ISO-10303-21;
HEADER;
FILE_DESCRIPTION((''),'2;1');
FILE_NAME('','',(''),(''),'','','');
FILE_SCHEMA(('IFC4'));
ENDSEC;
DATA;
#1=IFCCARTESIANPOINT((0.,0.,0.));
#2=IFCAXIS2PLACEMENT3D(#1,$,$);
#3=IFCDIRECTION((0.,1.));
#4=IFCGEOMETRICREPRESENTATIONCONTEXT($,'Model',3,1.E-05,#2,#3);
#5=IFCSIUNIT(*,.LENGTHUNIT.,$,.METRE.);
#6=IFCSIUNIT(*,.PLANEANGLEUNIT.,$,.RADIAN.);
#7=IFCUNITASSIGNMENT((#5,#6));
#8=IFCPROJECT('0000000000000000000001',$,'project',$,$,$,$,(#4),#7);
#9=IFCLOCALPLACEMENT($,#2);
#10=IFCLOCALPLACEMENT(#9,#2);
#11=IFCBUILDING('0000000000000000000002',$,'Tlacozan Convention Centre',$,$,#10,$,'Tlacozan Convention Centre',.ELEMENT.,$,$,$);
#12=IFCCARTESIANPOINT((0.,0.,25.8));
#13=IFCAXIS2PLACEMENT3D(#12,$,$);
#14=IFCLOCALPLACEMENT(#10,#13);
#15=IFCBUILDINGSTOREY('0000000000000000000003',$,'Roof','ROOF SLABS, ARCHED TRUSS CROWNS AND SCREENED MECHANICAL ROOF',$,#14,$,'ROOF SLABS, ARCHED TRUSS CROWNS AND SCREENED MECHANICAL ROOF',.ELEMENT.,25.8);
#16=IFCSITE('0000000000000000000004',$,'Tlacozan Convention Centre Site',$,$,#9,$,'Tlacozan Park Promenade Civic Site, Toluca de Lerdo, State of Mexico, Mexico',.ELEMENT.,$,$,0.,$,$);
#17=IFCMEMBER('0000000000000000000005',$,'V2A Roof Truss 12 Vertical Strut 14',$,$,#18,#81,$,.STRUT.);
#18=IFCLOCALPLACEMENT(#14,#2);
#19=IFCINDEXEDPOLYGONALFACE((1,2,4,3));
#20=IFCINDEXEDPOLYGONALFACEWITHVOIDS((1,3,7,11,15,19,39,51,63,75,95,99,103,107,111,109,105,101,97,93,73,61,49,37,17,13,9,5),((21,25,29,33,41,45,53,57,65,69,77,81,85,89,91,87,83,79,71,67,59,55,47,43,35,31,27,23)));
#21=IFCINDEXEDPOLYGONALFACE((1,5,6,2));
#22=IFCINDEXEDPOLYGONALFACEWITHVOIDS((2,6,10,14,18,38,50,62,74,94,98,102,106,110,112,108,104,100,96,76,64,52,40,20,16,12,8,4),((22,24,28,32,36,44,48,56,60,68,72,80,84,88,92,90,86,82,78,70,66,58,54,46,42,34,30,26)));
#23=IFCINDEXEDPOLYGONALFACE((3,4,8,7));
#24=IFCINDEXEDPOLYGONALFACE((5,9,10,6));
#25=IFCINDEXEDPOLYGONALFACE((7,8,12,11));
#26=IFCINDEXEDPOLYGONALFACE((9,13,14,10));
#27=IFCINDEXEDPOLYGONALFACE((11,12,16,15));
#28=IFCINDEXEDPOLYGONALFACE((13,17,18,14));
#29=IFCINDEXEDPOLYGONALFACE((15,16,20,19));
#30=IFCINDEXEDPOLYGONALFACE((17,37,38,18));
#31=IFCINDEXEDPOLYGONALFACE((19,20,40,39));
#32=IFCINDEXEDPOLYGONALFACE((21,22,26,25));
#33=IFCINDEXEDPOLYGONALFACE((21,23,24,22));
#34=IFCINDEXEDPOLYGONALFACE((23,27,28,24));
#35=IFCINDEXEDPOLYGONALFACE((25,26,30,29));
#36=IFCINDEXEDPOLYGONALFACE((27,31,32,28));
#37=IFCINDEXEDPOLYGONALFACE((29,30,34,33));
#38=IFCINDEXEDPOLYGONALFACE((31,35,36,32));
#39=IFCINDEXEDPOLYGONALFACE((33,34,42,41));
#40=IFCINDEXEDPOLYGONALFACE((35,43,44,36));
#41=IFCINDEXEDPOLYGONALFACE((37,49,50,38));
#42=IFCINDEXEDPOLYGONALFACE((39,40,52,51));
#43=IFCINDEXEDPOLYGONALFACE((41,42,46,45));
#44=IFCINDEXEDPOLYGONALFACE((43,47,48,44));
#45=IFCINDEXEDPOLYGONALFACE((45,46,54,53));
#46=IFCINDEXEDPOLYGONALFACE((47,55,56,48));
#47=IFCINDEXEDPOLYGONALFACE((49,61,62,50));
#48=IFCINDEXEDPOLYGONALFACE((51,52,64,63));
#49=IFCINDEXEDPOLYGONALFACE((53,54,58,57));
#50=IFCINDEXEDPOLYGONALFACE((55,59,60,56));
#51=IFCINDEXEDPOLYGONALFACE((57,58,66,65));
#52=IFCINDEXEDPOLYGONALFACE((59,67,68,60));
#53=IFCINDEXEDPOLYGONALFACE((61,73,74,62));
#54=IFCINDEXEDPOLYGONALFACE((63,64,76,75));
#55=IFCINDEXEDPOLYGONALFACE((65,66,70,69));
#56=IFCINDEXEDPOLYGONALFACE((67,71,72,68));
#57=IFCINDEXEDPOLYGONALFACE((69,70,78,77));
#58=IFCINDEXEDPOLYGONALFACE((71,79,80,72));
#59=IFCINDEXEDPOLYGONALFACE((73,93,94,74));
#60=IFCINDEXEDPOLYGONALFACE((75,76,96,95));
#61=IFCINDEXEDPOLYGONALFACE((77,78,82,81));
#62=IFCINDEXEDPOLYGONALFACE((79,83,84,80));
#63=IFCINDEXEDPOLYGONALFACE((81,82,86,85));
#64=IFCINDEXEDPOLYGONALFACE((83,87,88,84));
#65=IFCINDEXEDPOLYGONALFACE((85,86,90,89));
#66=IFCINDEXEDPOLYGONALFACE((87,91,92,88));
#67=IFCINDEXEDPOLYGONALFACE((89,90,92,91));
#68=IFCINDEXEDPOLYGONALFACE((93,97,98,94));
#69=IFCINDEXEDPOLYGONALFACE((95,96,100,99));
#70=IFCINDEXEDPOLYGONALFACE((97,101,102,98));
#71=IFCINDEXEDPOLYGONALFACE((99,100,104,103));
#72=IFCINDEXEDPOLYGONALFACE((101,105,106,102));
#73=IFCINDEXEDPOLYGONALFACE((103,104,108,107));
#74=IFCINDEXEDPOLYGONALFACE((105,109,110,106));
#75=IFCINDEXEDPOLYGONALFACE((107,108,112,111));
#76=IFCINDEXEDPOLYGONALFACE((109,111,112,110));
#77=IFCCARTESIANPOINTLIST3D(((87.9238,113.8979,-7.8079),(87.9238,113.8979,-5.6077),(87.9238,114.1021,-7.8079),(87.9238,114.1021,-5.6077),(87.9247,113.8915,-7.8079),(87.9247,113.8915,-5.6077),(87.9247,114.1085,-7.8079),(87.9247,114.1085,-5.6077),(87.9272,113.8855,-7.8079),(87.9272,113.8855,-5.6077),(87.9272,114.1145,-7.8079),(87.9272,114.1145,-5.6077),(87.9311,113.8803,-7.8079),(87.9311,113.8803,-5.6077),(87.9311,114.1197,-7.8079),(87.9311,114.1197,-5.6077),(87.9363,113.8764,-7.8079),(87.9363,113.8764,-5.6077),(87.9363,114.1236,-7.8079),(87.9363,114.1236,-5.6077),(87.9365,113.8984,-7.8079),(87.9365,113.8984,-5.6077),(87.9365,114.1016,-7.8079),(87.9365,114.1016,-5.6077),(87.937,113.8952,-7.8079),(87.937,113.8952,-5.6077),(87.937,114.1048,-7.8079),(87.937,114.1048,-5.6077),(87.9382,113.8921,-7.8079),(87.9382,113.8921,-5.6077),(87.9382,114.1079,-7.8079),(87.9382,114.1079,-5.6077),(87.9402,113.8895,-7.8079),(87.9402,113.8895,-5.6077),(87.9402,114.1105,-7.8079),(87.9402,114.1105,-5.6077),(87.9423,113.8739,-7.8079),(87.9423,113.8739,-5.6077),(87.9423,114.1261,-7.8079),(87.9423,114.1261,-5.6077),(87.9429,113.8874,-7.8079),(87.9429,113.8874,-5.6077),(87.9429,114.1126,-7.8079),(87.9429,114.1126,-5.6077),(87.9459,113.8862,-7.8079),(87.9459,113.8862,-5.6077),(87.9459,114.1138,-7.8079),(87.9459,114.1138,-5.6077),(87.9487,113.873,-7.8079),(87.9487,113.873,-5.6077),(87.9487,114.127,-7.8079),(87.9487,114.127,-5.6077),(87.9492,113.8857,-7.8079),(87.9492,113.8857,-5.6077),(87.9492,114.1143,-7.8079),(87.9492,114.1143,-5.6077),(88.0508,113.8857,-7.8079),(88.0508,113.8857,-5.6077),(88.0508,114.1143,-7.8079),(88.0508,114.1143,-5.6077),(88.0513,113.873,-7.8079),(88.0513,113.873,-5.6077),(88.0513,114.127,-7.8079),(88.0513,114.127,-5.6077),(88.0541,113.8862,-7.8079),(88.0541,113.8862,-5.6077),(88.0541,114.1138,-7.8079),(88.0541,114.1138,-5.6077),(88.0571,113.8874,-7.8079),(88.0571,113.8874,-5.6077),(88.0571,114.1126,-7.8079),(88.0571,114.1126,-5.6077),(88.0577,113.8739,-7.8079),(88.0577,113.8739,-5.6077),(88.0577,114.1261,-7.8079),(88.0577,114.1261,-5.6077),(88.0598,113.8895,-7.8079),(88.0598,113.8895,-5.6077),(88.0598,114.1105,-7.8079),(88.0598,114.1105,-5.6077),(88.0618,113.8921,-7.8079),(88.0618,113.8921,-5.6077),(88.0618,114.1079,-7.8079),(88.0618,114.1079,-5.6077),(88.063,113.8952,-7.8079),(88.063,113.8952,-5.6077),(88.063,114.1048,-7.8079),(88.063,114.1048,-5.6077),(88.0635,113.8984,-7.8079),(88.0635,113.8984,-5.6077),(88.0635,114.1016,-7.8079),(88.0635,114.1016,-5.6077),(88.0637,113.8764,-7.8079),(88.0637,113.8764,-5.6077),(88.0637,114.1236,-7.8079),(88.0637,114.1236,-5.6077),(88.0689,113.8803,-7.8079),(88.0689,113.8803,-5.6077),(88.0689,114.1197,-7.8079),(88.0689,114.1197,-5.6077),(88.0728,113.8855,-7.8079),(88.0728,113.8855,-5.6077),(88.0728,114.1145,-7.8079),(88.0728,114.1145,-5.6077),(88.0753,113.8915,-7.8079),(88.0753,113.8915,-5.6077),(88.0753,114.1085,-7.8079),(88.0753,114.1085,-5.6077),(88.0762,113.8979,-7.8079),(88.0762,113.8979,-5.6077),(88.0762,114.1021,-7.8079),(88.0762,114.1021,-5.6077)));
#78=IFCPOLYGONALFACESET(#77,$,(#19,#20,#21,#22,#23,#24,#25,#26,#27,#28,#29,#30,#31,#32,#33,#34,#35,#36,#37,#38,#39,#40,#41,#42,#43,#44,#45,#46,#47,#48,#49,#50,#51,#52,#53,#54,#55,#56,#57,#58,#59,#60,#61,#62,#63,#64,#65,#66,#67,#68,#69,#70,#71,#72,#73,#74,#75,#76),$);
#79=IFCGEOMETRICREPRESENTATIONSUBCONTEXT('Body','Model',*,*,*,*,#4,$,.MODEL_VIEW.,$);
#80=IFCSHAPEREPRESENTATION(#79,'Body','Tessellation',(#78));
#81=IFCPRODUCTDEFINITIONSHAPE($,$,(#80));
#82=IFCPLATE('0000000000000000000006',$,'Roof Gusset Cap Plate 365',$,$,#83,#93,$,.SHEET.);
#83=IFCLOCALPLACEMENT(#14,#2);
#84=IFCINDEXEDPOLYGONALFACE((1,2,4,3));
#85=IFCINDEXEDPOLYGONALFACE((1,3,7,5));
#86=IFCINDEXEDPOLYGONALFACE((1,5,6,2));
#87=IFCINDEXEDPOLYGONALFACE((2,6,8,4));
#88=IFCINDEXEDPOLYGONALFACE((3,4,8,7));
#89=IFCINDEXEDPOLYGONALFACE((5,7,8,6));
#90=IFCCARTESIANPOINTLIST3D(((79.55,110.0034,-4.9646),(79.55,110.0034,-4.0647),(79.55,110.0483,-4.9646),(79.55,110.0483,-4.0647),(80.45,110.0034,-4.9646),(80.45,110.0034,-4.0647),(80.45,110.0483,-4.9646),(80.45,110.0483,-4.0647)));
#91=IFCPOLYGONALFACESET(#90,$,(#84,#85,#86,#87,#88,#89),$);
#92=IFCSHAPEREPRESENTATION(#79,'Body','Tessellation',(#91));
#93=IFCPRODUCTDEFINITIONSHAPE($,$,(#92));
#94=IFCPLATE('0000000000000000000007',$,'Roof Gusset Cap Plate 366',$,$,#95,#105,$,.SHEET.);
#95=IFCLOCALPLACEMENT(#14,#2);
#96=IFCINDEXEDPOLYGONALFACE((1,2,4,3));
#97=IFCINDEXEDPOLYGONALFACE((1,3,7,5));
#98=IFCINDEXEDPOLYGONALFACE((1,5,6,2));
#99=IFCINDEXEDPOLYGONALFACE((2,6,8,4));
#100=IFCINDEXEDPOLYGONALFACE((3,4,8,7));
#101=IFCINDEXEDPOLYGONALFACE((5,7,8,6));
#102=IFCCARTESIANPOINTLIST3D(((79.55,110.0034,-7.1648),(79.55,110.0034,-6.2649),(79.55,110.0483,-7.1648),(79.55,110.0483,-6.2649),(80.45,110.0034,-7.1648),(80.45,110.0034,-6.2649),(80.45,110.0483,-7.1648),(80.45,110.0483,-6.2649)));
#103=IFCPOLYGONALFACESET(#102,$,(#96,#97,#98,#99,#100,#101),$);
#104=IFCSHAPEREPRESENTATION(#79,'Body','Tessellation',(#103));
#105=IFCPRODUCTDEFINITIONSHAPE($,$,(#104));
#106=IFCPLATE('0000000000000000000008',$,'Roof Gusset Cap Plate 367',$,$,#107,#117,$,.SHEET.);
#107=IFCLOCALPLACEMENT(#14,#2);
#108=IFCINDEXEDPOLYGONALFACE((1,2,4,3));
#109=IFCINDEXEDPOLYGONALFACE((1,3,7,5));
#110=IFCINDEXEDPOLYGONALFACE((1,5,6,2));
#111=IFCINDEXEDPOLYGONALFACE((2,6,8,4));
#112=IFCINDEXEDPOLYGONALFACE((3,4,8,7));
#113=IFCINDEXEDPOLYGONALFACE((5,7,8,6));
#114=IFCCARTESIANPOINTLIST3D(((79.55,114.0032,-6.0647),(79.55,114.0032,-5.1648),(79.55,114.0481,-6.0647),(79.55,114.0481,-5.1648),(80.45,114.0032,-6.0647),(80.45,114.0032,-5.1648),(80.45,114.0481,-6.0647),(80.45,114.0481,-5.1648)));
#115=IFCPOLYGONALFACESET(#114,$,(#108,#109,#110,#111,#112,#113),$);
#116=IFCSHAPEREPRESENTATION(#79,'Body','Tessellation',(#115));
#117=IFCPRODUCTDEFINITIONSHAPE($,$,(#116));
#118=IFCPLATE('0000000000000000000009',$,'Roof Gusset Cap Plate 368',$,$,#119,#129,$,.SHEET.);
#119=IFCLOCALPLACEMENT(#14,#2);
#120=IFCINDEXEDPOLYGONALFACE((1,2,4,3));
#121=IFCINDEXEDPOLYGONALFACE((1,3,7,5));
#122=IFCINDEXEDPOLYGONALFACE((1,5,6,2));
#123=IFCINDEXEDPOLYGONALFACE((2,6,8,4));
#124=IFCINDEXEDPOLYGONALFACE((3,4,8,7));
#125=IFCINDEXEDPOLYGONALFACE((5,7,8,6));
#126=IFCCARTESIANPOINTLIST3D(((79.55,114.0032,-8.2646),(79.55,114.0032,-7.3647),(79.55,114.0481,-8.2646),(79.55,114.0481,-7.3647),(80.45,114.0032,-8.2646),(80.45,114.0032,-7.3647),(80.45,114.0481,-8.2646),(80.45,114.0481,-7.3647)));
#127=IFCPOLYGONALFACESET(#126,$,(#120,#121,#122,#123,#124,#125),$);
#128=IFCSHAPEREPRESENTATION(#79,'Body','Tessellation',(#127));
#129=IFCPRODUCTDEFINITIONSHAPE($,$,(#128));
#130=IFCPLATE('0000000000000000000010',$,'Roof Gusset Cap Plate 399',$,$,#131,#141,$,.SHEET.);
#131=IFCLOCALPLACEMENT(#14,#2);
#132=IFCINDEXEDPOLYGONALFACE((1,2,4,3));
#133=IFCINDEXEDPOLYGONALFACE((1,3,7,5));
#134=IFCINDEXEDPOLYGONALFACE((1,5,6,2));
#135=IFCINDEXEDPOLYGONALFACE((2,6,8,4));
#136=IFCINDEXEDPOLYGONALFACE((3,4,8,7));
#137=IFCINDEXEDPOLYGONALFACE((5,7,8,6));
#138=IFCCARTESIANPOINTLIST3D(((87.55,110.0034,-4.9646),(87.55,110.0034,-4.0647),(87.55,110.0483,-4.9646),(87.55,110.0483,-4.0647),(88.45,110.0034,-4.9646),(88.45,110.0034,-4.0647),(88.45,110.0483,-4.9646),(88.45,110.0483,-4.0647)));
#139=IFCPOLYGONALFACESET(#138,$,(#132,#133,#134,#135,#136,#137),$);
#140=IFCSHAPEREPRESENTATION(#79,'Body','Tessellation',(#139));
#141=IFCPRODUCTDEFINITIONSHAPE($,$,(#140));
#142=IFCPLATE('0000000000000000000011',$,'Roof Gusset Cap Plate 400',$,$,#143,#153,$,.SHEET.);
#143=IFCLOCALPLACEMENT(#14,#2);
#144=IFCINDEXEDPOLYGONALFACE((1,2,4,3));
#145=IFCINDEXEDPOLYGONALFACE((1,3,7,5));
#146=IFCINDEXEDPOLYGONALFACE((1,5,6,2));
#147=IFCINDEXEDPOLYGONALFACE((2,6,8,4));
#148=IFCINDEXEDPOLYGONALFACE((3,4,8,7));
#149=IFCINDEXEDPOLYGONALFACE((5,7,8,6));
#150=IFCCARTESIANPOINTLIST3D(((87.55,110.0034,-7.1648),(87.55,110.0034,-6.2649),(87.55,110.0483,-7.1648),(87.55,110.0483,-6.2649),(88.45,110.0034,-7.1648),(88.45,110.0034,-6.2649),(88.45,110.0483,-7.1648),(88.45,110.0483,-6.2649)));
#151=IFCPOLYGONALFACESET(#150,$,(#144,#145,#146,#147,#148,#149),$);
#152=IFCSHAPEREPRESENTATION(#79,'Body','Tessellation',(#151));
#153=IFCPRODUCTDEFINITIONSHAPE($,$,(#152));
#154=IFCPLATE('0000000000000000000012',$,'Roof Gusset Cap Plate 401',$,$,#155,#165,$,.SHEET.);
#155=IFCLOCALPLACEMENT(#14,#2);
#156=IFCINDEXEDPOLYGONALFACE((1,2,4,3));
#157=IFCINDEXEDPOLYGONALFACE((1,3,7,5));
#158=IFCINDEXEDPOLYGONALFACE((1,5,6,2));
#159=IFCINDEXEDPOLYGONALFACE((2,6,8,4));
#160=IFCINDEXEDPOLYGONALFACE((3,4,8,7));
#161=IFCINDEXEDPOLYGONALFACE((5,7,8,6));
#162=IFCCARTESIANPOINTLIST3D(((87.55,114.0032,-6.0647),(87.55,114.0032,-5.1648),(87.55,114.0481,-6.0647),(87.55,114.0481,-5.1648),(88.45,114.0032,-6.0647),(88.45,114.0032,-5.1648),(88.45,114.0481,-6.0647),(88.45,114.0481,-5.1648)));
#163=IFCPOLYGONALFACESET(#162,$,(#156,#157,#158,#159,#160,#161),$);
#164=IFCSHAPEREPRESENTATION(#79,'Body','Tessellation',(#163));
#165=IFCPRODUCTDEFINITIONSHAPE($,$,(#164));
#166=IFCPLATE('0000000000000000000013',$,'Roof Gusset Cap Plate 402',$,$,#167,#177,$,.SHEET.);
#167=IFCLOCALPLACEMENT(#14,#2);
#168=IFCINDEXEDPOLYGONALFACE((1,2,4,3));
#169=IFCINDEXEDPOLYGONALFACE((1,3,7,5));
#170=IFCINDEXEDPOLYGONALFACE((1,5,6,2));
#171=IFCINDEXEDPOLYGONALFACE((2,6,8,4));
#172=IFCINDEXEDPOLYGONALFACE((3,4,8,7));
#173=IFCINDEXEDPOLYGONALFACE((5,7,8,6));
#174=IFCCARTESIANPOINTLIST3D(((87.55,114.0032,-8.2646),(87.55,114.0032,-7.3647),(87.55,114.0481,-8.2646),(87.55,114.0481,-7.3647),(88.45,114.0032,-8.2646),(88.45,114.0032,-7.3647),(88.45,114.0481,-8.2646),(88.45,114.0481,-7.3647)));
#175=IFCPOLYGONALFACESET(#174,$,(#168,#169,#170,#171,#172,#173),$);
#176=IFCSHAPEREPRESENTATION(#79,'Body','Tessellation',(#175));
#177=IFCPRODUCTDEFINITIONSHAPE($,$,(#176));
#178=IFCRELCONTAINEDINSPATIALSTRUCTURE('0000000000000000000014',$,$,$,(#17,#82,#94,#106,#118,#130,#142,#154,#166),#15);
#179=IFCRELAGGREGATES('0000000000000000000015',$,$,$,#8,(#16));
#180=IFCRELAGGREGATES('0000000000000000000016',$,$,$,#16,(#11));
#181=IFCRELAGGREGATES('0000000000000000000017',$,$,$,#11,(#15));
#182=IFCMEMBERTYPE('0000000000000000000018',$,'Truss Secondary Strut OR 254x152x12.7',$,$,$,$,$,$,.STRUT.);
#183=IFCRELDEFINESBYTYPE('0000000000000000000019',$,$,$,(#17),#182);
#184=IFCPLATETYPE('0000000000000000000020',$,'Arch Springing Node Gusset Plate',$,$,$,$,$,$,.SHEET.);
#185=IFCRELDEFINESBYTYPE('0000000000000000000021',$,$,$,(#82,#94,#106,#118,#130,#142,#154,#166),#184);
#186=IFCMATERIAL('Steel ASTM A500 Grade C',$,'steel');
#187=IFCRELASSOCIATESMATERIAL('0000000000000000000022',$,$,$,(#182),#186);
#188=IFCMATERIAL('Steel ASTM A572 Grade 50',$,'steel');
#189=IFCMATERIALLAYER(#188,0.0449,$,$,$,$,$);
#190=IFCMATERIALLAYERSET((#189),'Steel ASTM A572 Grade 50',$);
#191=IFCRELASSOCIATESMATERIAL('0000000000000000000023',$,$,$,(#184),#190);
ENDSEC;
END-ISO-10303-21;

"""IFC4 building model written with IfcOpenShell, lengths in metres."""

from ifc_helpers import new_model, si_unit, direction, frame, origin, origin_2d, place, context, subcontext, project, spatial, rectangle, hollow_rectangle, extrude, material, layer, layer_set, material_profile, profile_set, type_object, element, save


model = new_model("IFC4")

# Units and contexts
model_context = context("Model", 3, precision=1e-05, world=origin(), true_north=direction((0.0, 1.0)))
body_context = subcontext(model_context, "Body", "Model", "MODEL_VIEW")
ifc_project = project(units=[si_unit("LENGTHUNIT", "METRE"), si_unit("PLANEANGLEUNIT", "RADIAN")], contexts=[model_context])

# Site, building, storey
site_placement = place(None, origin())
site = spatial("IfcSite", under=ifc_project, at=site_placement, Name="Tlacozan Convention Centre Site", LongName="Tlacozan Park Promenade Civic Site, Toluca de Lerdo, State of Mexico, Mexico", CompositionType="ELEMENT", RefElevation=0.0)
building_placement = place(site_placement, origin())
building = spatial("IfcBuilding", under=site, at=building_placement, Name="Tlacozan Convention Centre", LongName="Tlacozan Convention Centre", CompositionType="ELEMENT")
storey_placement = place(building_placement, frame((0.0, 0.0, 25.8)))
storey = spatial("IfcBuildingStorey", under=building, at=storey_placement, Name="Roof", Description="ROOF SLABS, ARCHED TRUSS CROWNS AND SCREENED MECHANICAL ROOF", LongName="ROOF SLABS, ARCHED TRUSS CROWNS AND SCREENED MECHANICAL ROOF", CompositionType="ELEMENT", Elevation=25.8)

# Member
ifc_material_1 = material(Name="Steel ASTM A500 Grade C", Category="steel")
ifc_material_profile_1 = material_profile(ifc_material_1, hollow_rectangle(XDim=0.1523, YDim=0.2539, WallThickness=0.0127, InnerFilletRadius=0.0127, OuterFilletRadius=0.0249, at=origin_2d()), Name="OR 254x152x12.7")
ifc_profile_set_1 = profile_set([ifc_material_profile_1], Name="Steel ASTM A500 Grade C")
member_type_1 = type_object("IfcMemberType", Name="Truss Secondary Strut OR 254x152x12.7", PredefinedType="STRUT", material=ifc_profile_set_1)
for number, where, z_axis, x_axis, name in (
    (1, (88.0, 114.0, -7.8079), (0.0, 0.0, 1.0), (1.0, 0.0, 0.0), "V2A Roof Truss 12 Vertical Strut 14"),
):
    element("IfcMember", number, at=place(storey_placement, frame(where, z_axis=z_axis, x_axis=x_axis)), inside=storey, type_object=member_type_1, Name=name, PredefinedType="STRUT", context=body_context, shape_type="SweptSolid", body=[
        extrude(hollow_rectangle(XDim=0.1523, YDim=0.2539, WallThickness=0.0127, InnerFilletRadius=0.0127, OuterFilletRadius=0.0249, at=origin_2d()), origin(), (0.0, 0.0, 1.0), 2.2002),
    ])

# Plates
ifc_material_2 = material(Name="Steel ASTM A572 Grade 50", Category="steel")
ifc_layer = layer(ifc_material_2, 0.0449)
ifc_layer_set = layer_set([ifc_layer], Name="Steel ASTM A572 Grade 50")
plate_type = type_object("IfcPlateType", Name="Arch Springing Node Gusset Plate", PredefinedType="SHEET", material=ifc_layer_set)
for number, where, z_axis, x_axis, name in (
    (2, (80.0, 110.0259, -4.9646), (0.0, 0.0, 1.0), (0.0, 1.0, 0.0), "Roof Gusset Cap Plate 365"),
    (3, (80.0, 110.0259, -7.1648), (0.0, 0.0, 1.0), (0.0, 1.0, 0.0), "Roof Gusset Cap Plate 366"),
    (4, (80.0, 114.0256, -6.0647), (0.0, 0.0, 1.0), (0.0, 1.0, 0.0), "Roof Gusset Cap Plate 367"),
    (5, (80.0, 114.0256, -8.2646), (0.0, 0.0, 1.0), (0.0, 1.0, 0.0), "Roof Gusset Cap Plate 368"),
    (6, (88.0, 110.0259, -4.9646), (0.0, 0.0, 1.0), (0.0, 1.0, 0.0), "Roof Gusset Cap Plate 399"),
    (7, (88.0, 110.0259, -7.1648), (0.0, 0.0, 1.0), (0.0, 1.0, 0.0), "Roof Gusset Cap Plate 400"),
    (8, (88.0, 114.0256, -6.0647), (0.0, 0.0, 1.0), (0.0, 1.0, 0.0), "Roof Gusset Cap Plate 401"),
    (9, (88.0, 114.0256, -8.2646), (0.0, 0.0, 1.0), (0.0, 1.0, 0.0), "Roof Gusset Cap Plate 402"),
):
    element("IfcPlate", number, at=place(storey_placement, frame(where, z_axis=z_axis, x_axis=x_axis)), inside=storey, type_object=plate_type, Name=name, PredefinedType="SHEET", context=body_context, shape_type="SweptSolid", body=[
        extrude(rectangle(XDim=0.0449, YDim=0.8999, at=origin_2d()), origin(), (0.0, 0.0, 1.0), 0.8999),
    ])

save(model, "model.ifc")
